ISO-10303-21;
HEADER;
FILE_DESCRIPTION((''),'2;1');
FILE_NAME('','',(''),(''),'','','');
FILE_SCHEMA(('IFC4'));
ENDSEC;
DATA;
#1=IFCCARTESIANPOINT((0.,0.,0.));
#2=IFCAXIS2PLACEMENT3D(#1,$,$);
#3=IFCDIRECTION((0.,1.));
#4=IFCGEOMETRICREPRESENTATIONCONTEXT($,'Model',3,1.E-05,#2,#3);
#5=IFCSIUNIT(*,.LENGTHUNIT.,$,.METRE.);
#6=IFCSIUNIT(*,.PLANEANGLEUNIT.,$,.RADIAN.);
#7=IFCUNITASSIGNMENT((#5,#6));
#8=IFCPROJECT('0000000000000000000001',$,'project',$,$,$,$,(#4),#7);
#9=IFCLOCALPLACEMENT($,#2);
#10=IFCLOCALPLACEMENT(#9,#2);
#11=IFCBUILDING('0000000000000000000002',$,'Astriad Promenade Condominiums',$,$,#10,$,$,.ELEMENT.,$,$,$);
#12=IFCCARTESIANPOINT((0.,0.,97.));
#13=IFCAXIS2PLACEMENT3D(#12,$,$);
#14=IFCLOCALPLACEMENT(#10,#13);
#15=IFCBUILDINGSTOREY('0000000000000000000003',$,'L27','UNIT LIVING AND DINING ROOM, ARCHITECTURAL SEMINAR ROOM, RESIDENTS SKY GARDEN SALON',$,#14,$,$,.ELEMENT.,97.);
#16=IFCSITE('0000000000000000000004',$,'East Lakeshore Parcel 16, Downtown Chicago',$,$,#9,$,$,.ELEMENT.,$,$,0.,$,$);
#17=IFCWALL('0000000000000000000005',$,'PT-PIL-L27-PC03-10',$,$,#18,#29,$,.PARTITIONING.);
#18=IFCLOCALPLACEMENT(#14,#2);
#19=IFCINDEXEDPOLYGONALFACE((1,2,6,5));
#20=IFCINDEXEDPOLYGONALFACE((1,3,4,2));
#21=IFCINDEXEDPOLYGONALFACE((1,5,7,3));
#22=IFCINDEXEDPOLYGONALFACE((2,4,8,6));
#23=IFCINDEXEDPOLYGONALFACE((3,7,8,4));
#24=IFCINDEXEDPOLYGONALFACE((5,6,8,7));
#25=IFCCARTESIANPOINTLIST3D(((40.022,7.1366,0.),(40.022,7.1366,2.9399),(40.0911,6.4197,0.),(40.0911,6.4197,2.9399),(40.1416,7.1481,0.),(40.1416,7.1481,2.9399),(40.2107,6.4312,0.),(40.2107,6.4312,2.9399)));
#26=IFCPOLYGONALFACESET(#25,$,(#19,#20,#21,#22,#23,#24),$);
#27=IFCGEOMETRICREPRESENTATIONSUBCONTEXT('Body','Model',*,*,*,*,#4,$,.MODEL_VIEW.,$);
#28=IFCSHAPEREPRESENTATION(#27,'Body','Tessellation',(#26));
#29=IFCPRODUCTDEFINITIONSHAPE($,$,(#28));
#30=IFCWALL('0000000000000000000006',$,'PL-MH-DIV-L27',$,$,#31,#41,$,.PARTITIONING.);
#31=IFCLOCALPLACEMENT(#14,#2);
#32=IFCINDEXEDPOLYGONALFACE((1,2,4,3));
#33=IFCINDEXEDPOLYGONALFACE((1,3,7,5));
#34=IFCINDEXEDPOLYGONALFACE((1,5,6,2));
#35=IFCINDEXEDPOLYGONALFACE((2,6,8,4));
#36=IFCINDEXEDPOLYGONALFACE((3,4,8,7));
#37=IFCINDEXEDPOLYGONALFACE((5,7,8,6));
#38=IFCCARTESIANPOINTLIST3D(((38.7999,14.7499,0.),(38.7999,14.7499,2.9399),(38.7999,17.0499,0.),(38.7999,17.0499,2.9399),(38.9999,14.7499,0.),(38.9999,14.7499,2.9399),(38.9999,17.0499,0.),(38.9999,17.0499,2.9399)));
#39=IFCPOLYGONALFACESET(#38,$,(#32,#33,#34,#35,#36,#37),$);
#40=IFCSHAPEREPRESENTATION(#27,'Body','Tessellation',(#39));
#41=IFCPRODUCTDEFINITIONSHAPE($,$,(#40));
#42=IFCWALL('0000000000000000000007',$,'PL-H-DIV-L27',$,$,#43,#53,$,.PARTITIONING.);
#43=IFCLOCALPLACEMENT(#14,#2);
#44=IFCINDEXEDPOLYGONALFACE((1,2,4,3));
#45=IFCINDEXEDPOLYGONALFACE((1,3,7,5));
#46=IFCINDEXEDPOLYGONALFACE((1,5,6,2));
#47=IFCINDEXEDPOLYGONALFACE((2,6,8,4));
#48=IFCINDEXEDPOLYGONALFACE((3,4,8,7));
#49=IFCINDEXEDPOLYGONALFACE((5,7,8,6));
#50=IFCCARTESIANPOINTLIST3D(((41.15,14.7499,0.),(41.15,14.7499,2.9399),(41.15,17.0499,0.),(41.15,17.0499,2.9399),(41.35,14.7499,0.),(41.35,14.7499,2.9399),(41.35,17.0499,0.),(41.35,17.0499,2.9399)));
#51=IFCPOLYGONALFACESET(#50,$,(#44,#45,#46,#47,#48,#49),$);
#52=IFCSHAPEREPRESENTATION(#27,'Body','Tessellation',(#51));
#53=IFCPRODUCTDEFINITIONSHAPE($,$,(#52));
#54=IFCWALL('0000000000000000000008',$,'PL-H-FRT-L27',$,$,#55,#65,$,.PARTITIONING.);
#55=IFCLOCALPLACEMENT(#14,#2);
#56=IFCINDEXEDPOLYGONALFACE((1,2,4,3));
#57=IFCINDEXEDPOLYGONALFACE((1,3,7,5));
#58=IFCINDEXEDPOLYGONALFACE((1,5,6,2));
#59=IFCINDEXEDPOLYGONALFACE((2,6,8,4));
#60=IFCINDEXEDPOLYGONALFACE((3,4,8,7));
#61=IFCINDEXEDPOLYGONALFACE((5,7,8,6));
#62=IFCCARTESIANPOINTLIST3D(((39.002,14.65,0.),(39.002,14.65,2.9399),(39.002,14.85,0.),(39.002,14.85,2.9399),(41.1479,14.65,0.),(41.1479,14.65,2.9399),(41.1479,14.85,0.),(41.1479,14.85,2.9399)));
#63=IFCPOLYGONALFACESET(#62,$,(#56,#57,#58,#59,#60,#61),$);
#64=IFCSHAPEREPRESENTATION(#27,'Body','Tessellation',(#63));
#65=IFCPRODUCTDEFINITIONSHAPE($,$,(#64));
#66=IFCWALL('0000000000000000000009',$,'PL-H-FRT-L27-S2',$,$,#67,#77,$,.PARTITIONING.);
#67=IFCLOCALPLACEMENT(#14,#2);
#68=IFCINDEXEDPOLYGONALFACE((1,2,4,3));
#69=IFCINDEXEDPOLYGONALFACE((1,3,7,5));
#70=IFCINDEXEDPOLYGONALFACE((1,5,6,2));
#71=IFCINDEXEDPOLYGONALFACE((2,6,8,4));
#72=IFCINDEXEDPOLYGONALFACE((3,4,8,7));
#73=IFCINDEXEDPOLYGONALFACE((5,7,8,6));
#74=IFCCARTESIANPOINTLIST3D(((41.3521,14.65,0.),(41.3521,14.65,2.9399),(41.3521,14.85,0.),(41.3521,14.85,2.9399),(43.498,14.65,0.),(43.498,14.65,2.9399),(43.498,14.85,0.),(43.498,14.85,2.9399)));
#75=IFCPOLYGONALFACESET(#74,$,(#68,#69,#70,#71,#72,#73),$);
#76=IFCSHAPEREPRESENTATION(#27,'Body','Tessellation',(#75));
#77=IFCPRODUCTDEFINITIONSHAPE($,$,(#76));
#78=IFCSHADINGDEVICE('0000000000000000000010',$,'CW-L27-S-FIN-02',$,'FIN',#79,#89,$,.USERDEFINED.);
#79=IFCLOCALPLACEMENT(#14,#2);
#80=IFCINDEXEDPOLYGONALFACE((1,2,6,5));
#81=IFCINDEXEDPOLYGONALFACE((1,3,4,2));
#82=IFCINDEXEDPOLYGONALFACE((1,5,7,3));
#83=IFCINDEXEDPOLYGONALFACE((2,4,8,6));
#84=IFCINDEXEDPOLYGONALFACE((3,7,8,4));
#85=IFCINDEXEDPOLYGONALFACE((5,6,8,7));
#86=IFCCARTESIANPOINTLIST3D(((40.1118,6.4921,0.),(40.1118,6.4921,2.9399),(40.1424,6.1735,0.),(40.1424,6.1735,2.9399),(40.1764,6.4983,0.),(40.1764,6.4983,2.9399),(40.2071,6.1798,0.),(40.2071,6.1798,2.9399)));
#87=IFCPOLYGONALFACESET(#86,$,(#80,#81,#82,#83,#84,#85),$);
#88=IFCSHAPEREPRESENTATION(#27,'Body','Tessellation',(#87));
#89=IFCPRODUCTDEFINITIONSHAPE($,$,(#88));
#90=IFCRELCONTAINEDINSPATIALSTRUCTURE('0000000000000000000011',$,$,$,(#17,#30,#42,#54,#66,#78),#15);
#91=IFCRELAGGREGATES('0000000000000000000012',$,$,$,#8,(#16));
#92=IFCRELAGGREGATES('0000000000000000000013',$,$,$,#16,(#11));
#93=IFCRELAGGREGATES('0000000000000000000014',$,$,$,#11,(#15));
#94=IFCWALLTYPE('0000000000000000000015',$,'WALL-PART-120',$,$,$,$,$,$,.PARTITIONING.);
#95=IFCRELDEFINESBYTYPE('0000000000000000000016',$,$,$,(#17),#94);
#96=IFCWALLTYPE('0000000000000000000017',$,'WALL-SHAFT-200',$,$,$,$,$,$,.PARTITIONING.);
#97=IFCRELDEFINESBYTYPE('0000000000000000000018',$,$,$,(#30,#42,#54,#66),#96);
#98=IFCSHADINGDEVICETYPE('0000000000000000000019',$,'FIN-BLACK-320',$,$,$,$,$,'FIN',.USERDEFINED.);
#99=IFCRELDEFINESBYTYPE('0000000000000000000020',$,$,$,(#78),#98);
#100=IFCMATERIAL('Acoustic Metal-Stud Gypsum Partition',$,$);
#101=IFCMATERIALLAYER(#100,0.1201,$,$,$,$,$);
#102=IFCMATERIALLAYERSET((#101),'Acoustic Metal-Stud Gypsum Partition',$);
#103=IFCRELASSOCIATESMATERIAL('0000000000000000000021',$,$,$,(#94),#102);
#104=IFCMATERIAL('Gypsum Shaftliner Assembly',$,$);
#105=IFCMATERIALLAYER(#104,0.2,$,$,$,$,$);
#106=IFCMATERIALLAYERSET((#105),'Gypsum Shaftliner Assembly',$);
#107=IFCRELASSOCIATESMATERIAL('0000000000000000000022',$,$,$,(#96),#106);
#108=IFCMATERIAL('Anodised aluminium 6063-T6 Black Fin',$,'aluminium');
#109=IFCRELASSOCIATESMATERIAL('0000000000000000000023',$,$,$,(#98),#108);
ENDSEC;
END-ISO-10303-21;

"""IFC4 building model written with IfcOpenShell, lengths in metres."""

from ifc_helpers import new_model, si_unit, direction, frame, frame_2d, origin, origin_2d, place, context, subcontext, project, spatial, rectangle, extrude, source, transform, mapped, material, layer, layer_set, type_object, type_shapes, element, save


model = new_model("IFC4")

# Units and contexts
model_context = context("Model", 3, precision=1e-05, world=origin(), true_north=direction((0.0, 1.0)))
body_context = subcontext(model_context, "Body", "Model", "MODEL_VIEW")
ifc_project = project(units=[si_unit("LENGTHUNIT", "METRE"), si_unit("PLANEANGLEUNIT", "RADIAN")], contexts=[model_context])

# Site, building, storey
site_placement = place(None, origin())
site = spatial("IfcSite", under=ifc_project, at=site_placement, Name="East Lakeshore Parcel 16, Downtown Chicago", CompositionType="ELEMENT", RefElevation=0.0)
building_placement = place(site_placement, origin())
building = spatial("IfcBuilding", under=site, at=building_placement, Name="Astriad Promenade Condominiums", CompositionType="ELEMENT")
storey_placement = place(building_placement, frame((0.0, 0.0, 97.0)))
storey = spatial("IfcBuildingStorey", under=building, at=storey_placement, Name="L27", Description="UNIT LIVING AND DINING ROOM, ARCHITECTURAL SEMINAR ROOM, RESIDENTS SKY GARDEN SALON", CompositionType="ELEMENT", Elevation=97.0)

# Walls
ifc_material_1 = material(Name="Acoustic Metal-Stud Gypsum Partition")
ifc_layer_1 = layer(ifc_material_1, 0.1201)
ifc_layer_set_1 = layer_set([ifc_layer_1], Name="Acoustic Metal-Stud Gypsum Partition")
wall_type_1 = type_object("IfcWallType", Name="WALL-PART-120", PredefinedType="PARTITIONING", material=ifc_layer_set_1)
wall_1_placement = place(storey_placement, frame((40.0818, 7.1423, 0.0), z_axis=(0.0, 0.0, 1.0), x_axis=(0.095945, -0.995387, 0.0)))
element("IfcWall", 1, at=wall_1_placement, inside=storey, type_object=wall_type_1, Name="PT-PIL-L27-PC03-10", PredefinedType="PARTITIONING", context=body_context, shape_type="SweptSolid", body=[
    extrude(rectangle(XDim=0.7202, YDim=0.1201, at=frame_2d((0.3601, 0.0))), origin(), (0.0, 0.0, 1.0), 2.9399),
])
ifc_material_2 = material(Name="Gypsum Shaftliner Assembly")
ifc_layer_2 = layer(ifc_material_2, 0.2)
ifc_layer_set_2 = layer_set([ifc_layer_2], Name="Gypsum Shaftliner Assembly")
wall_type_2 = type_object("IfcWallType", Name="WALL-SHAFT-200", PredefinedType="PARTITIONING", material=ifc_layer_set_2)
for number, where, z_axis, x_axis, name in (
    (2, (38.8999, 14.75, 0.0), (0.0, 0.0, 1.0), (0.0, 1.0, 0.0), "PL-MH-DIV-L27"),
    (3, (41.25, 14.75, 0.0), (0.0, 0.0, 1.0), (0.0, 1.0, 0.0), "PL-H-DIV-L27"),
):
    element("IfcWall", number, at=place(storey_placement, frame(where, z_axis=z_axis, x_axis=x_axis)), inside=storey, type_object=wall_type_2, Name=name, PredefinedType="PARTITIONING", context=body_context, shape_type="SweptSolid", body=[
        extrude(rectangle(XDim=2.3, YDim=0.2, at=frame_2d((1.1499, 0.0))), origin(), (0.0, 0.0, 1.0), 2.9399),
    ])
for number, where, z_axis, x_axis, name in (
    (4, (39.002, 14.75, 0.0), (0.0, 0.0, 1.0), (1.0, 0.0, 0.0), "PL-H-FRT-L27"),
    (5, (41.3521, 14.75, 0.0), (0.0, 0.0, 1.0), (1.0, 0.0, 0.0), "PL-H-FRT-L27-S2"),
):
    element("IfcWall", number, at=place(storey_placement, frame(where, z_axis=z_axis, x_axis=x_axis)), inside=storey, type_object=wall_type_2, Name=name, PredefinedType="PARTITIONING", context=body_context, shape_type="SweptSolid", body=[
        extrude(rectangle(XDim=2.146, YDim=0.2, at=frame_2d((1.073, 0.0))), origin(), (0.0, 0.0, 1.0), 2.9399),
    ])

# Shading device
ifc_material_3 = material(Name="Anodised aluminium 6063-T6 Black Fin", Category="aluminium")
shading_device_type = type_object("IfcShadingDeviceType", Name="FIN-BLACK-320", ElementType="FIN", PredefinedType="USERDEFINED", material=ifc_material_3)
shared_shape_1 = source(origin(), body_context, "Body", "SweptSolid", [
    extrude(rectangle(XDim=0.0649, YDim=0.3201, at=origin_2d()), origin(), (0.0, 0.0, 1.0), 2.9399),
])
type_shapes(shading_device_type, [shared_shape_1])
shading_device_placement = place(storey_placement, frame((40.1594, 6.3359, 0.0), z_axis=(0.0, 0.0, 1.0), x_axis=(-0.995396, -0.095846, 0.0)))
element("IfcShadingDevice", 6, at=shading_device_placement, inside=storey, type_object=shading_device_type, Name="CW-L27-S-FIN-02", ObjectType="FIN", PredefinedType="USERDEFINED", context=body_context, shape_type="MappedRepresentation", body=[
    mapped(shared_shape_1, transform((0.0, 0.0, 0.0), scale=1.0)),
])

save(model, "model.ifc")
